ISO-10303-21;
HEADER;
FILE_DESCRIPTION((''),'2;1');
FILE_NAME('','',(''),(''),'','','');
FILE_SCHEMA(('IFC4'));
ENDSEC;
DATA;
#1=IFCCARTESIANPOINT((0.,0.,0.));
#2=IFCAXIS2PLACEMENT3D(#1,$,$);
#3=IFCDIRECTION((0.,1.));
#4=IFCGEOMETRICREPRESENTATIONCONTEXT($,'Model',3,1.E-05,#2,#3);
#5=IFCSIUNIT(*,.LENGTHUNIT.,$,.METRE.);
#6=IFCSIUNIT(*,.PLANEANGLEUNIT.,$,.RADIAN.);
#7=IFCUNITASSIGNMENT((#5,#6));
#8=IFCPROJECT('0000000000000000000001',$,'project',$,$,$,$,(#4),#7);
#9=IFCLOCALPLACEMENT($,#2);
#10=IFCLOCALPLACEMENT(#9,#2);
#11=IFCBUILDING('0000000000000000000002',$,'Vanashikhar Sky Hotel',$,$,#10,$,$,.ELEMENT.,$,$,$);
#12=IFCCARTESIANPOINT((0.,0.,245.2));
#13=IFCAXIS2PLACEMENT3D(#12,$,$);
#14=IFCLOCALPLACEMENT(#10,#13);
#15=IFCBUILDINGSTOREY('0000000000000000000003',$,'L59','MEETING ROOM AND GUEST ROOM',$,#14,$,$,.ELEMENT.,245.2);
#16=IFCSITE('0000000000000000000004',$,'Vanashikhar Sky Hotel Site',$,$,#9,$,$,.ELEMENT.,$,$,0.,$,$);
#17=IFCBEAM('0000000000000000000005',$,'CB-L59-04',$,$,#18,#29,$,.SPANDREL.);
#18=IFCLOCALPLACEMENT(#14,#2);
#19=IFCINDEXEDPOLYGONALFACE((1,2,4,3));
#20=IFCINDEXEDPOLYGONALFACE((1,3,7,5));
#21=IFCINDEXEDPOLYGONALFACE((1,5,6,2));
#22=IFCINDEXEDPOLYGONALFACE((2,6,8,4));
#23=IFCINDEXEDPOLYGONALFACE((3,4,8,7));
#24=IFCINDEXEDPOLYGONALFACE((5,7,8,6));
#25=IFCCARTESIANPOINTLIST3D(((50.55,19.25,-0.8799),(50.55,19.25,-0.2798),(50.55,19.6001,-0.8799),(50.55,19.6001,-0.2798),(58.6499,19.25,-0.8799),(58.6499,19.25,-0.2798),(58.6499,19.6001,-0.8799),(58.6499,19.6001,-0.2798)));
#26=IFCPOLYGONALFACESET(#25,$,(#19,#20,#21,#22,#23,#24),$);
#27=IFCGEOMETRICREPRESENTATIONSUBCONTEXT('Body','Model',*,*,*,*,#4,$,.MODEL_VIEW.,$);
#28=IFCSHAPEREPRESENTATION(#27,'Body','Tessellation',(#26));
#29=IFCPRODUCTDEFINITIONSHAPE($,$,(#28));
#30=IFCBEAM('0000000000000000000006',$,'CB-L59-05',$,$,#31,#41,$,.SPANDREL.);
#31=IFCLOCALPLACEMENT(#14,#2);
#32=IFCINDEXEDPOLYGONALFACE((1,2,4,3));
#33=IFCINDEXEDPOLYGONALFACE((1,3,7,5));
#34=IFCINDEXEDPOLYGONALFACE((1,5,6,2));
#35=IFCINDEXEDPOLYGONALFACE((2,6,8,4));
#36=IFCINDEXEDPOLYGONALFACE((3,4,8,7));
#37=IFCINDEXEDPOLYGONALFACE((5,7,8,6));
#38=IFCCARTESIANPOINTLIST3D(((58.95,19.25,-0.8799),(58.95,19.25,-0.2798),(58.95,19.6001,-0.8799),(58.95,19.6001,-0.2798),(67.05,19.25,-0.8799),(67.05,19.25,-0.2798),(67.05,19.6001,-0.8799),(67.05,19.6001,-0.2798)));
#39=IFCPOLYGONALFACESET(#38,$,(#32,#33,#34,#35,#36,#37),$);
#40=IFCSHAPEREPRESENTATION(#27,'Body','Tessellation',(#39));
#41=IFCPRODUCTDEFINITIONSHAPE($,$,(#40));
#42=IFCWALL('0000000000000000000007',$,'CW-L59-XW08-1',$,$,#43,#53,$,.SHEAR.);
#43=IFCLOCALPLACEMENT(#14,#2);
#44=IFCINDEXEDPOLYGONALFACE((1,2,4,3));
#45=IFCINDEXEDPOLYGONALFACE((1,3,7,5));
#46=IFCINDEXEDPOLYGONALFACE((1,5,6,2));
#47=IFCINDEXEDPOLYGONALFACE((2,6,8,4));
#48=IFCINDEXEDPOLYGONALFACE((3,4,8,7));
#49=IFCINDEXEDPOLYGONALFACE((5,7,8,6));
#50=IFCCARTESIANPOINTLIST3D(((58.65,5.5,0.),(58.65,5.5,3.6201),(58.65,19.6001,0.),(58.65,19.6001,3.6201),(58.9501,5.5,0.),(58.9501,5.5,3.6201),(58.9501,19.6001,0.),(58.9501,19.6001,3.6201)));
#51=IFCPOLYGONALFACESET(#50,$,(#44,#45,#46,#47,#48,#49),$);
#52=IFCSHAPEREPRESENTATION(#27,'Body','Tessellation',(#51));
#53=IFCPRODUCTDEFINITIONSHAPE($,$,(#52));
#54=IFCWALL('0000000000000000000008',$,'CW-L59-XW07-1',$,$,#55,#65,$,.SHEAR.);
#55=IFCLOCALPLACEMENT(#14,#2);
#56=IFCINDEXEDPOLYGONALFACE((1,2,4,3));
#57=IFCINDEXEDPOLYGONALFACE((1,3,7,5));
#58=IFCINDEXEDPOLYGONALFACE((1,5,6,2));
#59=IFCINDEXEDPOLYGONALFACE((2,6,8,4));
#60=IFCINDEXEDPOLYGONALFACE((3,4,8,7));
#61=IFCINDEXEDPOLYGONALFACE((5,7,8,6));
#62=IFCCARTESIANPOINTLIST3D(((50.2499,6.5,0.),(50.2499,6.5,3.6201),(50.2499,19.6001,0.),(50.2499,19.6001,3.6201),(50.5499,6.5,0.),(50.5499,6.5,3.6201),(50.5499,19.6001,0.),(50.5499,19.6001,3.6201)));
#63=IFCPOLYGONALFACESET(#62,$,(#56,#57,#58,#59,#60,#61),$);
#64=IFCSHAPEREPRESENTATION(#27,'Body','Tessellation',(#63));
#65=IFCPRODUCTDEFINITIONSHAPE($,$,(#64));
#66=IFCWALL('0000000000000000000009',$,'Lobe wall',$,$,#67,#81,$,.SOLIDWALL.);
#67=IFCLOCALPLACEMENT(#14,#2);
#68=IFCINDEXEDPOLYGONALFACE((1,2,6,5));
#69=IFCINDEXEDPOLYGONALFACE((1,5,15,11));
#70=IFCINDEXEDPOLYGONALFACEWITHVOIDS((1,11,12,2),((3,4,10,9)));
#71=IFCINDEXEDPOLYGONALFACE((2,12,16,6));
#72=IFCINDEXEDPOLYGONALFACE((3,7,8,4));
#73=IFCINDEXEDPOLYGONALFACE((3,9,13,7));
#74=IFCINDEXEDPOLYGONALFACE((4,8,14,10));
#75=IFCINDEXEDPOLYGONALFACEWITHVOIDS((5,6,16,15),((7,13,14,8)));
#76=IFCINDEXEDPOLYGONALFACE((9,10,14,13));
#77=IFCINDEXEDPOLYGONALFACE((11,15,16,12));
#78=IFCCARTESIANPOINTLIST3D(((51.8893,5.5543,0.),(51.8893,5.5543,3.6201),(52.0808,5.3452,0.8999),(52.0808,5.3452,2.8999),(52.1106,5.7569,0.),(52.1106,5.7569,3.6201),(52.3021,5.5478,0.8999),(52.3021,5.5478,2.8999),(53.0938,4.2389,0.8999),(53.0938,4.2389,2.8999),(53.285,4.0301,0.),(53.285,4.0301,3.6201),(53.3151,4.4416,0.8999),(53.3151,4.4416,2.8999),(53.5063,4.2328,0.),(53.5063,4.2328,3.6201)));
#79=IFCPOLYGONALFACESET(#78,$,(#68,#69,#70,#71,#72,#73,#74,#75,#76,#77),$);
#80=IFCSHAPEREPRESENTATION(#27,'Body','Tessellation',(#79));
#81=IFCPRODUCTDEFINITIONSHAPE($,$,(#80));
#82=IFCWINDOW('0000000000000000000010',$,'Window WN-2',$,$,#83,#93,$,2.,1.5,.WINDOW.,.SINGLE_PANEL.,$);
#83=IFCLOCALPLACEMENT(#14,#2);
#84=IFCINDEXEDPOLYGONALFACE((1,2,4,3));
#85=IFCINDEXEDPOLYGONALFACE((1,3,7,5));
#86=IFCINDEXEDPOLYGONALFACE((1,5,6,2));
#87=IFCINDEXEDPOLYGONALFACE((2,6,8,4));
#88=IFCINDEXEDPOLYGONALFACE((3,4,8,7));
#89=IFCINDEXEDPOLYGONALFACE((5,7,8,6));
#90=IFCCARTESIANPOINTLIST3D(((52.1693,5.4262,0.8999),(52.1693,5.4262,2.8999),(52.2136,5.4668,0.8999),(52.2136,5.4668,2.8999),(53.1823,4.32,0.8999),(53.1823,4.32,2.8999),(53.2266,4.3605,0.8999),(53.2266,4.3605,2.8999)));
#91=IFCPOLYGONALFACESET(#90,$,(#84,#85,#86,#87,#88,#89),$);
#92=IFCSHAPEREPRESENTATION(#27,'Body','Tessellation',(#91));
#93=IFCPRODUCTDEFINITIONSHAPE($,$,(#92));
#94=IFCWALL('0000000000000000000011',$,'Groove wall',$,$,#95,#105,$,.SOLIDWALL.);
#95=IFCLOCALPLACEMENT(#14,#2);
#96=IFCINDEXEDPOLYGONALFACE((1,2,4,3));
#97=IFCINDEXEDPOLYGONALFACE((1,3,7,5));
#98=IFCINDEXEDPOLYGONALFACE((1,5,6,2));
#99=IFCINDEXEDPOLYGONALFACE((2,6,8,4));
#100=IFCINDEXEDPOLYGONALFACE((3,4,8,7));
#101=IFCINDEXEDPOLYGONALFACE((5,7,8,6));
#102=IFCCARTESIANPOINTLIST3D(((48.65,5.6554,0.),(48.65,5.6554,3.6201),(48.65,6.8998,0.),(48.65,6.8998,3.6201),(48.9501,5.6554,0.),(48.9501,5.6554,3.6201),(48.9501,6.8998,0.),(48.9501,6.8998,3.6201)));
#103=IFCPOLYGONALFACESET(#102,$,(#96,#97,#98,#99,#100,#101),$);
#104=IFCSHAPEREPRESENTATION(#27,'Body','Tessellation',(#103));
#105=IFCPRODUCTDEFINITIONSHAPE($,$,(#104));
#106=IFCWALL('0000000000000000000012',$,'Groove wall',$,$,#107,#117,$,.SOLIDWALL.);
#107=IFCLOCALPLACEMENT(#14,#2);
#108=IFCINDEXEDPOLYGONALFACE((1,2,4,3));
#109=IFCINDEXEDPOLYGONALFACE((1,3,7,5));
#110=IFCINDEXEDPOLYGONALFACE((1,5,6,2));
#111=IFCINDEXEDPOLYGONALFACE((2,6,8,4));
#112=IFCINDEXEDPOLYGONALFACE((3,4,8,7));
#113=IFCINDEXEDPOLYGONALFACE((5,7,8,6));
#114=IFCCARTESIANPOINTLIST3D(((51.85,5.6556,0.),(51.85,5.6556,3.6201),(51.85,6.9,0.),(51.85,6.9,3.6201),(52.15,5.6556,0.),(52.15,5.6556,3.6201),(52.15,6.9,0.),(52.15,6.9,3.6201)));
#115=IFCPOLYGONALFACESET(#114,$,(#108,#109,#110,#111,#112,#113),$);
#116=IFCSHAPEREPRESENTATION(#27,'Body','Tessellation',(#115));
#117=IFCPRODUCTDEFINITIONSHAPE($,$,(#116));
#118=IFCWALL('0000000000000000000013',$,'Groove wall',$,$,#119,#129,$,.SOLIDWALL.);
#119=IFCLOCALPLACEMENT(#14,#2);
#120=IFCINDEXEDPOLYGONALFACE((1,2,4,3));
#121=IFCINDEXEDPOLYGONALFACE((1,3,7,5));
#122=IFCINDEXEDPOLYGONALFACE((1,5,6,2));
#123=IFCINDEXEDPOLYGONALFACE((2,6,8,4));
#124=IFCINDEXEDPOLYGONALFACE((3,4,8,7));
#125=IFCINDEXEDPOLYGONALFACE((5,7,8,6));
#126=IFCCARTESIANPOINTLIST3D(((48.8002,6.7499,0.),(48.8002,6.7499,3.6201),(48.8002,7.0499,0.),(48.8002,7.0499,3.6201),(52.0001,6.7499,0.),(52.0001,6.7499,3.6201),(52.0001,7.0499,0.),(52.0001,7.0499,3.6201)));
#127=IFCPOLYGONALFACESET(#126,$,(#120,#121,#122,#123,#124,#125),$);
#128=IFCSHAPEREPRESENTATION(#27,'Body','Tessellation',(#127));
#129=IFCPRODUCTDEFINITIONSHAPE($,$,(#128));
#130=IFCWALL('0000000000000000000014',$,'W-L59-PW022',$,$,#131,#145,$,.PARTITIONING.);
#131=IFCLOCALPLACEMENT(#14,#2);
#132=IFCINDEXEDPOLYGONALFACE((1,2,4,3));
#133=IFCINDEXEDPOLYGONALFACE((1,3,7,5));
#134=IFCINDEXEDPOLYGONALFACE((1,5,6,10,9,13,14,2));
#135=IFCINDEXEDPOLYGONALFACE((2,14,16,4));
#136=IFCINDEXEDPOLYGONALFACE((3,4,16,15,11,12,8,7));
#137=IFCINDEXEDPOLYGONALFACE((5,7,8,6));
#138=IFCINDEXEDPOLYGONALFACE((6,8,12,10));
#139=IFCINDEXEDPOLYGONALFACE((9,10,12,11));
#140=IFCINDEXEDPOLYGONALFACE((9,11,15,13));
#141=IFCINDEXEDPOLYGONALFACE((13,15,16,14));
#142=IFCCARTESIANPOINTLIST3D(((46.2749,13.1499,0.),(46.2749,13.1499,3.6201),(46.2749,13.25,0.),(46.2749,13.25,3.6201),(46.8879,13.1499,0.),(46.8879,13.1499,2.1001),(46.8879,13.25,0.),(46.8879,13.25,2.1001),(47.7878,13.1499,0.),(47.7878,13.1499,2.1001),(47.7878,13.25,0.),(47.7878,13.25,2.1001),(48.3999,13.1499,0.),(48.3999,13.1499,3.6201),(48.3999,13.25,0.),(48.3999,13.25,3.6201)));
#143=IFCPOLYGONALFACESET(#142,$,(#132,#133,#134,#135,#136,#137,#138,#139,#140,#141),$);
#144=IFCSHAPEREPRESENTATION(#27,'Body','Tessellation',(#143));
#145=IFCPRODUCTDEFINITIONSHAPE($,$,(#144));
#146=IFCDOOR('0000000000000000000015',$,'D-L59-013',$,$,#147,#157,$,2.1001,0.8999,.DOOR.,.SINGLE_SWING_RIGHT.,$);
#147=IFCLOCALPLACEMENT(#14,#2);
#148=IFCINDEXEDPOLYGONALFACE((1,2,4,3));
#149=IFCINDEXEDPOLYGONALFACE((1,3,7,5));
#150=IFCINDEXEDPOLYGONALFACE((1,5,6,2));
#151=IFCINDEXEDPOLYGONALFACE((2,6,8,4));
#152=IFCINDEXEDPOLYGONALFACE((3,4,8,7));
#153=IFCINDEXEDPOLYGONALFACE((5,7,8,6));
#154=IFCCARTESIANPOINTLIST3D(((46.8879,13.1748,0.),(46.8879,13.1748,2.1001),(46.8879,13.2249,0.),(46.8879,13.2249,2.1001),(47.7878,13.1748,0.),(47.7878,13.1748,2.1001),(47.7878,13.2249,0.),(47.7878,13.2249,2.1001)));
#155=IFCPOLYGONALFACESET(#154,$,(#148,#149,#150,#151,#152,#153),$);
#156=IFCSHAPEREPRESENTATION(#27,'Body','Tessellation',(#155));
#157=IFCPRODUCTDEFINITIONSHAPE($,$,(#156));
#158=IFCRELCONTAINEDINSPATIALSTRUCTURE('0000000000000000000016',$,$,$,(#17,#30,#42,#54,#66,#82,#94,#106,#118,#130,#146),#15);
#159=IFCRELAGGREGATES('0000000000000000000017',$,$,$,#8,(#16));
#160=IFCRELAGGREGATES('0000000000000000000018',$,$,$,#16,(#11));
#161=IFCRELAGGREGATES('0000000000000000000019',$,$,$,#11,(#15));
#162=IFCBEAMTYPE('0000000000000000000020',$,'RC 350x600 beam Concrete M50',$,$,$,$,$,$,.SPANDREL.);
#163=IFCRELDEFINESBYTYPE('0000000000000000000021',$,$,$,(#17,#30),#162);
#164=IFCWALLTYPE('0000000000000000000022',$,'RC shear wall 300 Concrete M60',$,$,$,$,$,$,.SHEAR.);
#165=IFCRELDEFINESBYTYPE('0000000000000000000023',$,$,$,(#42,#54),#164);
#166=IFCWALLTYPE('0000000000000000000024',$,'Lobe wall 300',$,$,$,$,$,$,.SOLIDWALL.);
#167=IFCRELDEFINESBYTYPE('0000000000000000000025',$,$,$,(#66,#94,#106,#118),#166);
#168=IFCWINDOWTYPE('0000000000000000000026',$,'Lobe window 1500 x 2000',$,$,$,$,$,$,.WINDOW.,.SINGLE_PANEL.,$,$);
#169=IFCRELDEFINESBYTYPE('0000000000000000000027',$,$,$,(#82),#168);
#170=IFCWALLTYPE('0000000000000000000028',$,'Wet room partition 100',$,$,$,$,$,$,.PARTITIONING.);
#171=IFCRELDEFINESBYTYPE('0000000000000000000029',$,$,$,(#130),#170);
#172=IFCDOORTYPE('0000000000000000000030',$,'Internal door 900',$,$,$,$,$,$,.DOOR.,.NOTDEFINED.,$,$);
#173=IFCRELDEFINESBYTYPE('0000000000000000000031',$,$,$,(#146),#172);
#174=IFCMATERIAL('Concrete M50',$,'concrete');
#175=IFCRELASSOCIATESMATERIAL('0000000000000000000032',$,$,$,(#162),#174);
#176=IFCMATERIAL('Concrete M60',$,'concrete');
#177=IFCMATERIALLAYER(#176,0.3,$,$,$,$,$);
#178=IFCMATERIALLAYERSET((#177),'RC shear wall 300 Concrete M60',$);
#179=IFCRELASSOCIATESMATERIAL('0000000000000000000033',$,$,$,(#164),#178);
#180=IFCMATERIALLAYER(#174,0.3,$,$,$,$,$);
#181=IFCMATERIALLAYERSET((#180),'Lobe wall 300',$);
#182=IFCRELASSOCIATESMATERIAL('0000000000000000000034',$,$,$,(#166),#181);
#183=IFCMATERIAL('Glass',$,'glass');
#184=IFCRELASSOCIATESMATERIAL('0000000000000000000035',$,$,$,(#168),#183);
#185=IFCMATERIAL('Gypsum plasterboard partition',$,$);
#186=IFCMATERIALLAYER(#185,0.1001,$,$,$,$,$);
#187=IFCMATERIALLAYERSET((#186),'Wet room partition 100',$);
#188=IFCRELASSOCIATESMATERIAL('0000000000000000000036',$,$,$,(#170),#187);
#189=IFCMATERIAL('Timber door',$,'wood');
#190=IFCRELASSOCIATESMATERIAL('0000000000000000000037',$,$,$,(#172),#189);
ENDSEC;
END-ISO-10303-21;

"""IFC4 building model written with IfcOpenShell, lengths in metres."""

from ifc_helpers import new_model, si_unit, direction, frame, frame_2d, origin, origin_2d, place, context, subcontext, project, spatial, rectangle, extrude, source, transform, mapped, material, layer, layer_set, material_profile, profile_set, type_object, element, fill, save


model = new_model("IFC4")

# Units and contexts
model_context = context("Model", 3, precision=1e-05, world=origin(), true_north=direction((0.0, 1.0)))
body_context = subcontext(model_context, "Body", "Model", "MODEL_VIEW")
ifc_project = project(units=[si_unit("LENGTHUNIT", "METRE"), si_unit("PLANEANGLEUNIT", "RADIAN")], contexts=[model_context])

# Site, building, storey
site_placement = place(None, origin())
site = spatial("IfcSite", under=ifc_project, at=site_placement, Name="Vanashikhar Sky Hotel Site", CompositionType="ELEMENT", RefElevation=0.0)
building_placement = place(site_placement, origin())
building = spatial("IfcBuilding", under=site, at=building_placement, Name="Vanashikhar Sky Hotel", CompositionType="ELEMENT")
storey_placement = place(building_placement, frame((0.0, 0.0, 245.2)))
storey = spatial("IfcBuildingStorey", under=building, at=storey_placement, Name="L59", Description="MEETING ROOM AND GUEST ROOM", CompositionType="ELEMENT", Elevation=245.2)

# Beams
ifc_material_1 = material(Name="Concrete M50", Category="concrete")
ifc_material_profile_1 = material_profile(ifc_material_1, rectangle(XDim=0.3501, YDim=0.6001, at=origin_2d()))
ifc_profile_set_1 = profile_set([ifc_material_profile_1], Name="RC 350x600 beam Concrete M50")
beam_type = type_object("IfcBeamType", Name="RC 350x600 beam Concrete M50", PredefinedType="SPANDREL", material=ifc_profile_set_1)
shared_shape_1 = source(origin(), body_context, "Body", "SweptSolid", [
    extrude(rectangle(XDim=0.3501, YDim=0.6001, at=origin_2d()), origin(), (0.0, 0.0, 1.0), 8.0999),
])
beam_1_placement = place(storey_placement, frame((50.55, 19.425, -0.5798), z_axis=(1.0, 0.0, 0.0), x_axis=(0.0, 1.0, 0.0)))
element("IfcBeam", 1, at=beam_1_placement, inside=storey, type_object=beam_type, Name="CB-L59-04", PredefinedType="SPANDREL", context=body_context, shape_type="MappedRepresentation", body=[
    mapped(shared_shape_1, transform((0.0, 0.0, 0.0), scale=1.0)),
])
shared_shape_2 = source(origin(), body_context, "Body", "SweptSolid", [
    extrude(rectangle(XDim=0.3501, YDim=0.6001, at=origin_2d()), origin(), (0.0, 0.0, 1.0), 8.1001),
])
beam_2_placement = place(storey_placement, frame((58.95, 19.425, -0.5798), z_axis=(1.0, 0.0, 0.0), x_axis=(0.0, 1.0, 0.0)))
element("IfcBeam", 2, at=beam_2_placement, inside=storey, type_object=beam_type, Name="CB-L59-05", PredefinedType="SPANDREL", context=body_context, shape_type="MappedRepresentation", body=[
    mapped(shared_shape_2, transform((0.0, 0.0, 0.0), scale=1.0)),
])

# Walls
ifc_material_2 = material(Name="Concrete M60", Category="concrete")
ifc_layer_1 = layer(ifc_material_2, 0.3)
ifc_layer_set_1 = layer_set([ifc_layer_1], Name="RC shear wall 300 Concrete M60")
wall_type_1 = type_object("IfcWallType", Name="RC shear wall 300 Concrete M60", PredefinedType="SHEAR", material=ifc_layer_set_1)
shared_shape_3 = source(origin(), body_context, "Body", "SweptSolid", [
    extrude(rectangle(XDim=14.1001, YDim=0.3, at=frame_2d((7.05, 0.0))), origin(), (0.0, 0.0, 1.0), 3.6201),
])
wall_1_placement = place(storey_placement, frame((58.8, 5.5, 0.0), z_axis=(0.0, 0.0, 1.0), x_axis=(0.0, 1.0, 0.0)))
element("IfcWall", 3, at=wall_1_placement, inside=storey, type_object=wall_type_1, Name="CW-L59-XW08-1", PredefinedType="SHEAR", context=body_context, shape_type="MappedRepresentation", body=[
    mapped(shared_shape_3, transform((0.0, 0.0, 0.0), scale=1.0)),
])
shared_shape_4 = source(origin(), body_context, "Body", "SweptSolid", [
    extrude(rectangle(XDim=13.1001, YDim=0.3, at=frame_2d((6.55, 0.0))), origin(), (0.0, 0.0, 1.0), 3.6201),
])
wall_2_placement = place(storey_placement, frame((50.3999, 6.5, 0.0), z_axis=(0.0, 0.0, 1.0), x_axis=(0.0, 1.0, 0.0)))
element("IfcWall", 4, at=wall_2_placement, inside=storey, type_object=wall_type_1, Name="CW-L59-XW07-1", PredefinedType="SHEAR", context=body_context, shape_type="MappedRepresentation", body=[
    mapped(shared_shape_4, transform((0.0, 0.0, 0.0), scale=1.0)),
])

# Wall, opening, window
ifc_layer_2 = layer(ifc_material_1, 0.3)
ifc_layer_set_2 = layer_set([ifc_layer_2], Name="Lobe wall 300")
wall_type_2 = type_object("IfcWallType", Name="Lobe wall 300", PredefinedType="SOLIDWALL", material=ifc_layer_set_2)
shared_shape_5 = source(origin(), body_context, "Body", "SweptSolid", [
    extrude(rectangle(XDim=2.0667, YDim=0.3, at=frame_2d((1.0332, 0.0))), origin(), (0.0, 0.0, 1.0), 3.6201),
])
wall_3_placement = place(storey_placement, frame((52.0, 5.6555, 0.0), z_axis=(0.0, 0.0, 1.0), x_axis=(0.675355, -0.737492, 0.0)))
wall_3 = element("IfcWall", 5, at=wall_3_placement, inside=storey, type_object=wall_type_2, Name="Lobe wall", PredefinedType="SOLIDWALL", context=body_context, shape_type="MappedRepresentation", body=[
    mapped(shared_shape_5, transform((0.0, 0.0, 0.0), scale=1.0)),
])
shared_shape_6 = source(origin(), body_context, "Body", "SweptSolid", [
    extrude(rectangle(XDim=1.5, YDim=2.0, at=frame_2d((0.75, 1.0))), frame((0.0, 0.1602, 0.0), z_axis=(0.0, -1.0, 0.0), x_axis=(1.0, 0.0, 0.0)), (0.0, 0.0, 1.0), 0.3201),
])
opening_1_placement = place(wall_3_placement, frame((0.2834, 0.0, 0.8999)))
opening_1 = element("IfcOpeningElement", 6, at=opening_1_placement, cuts=wall_3, PredefinedType="OPENING", context=body_context, shape_type="MappedRepresentation", body=[
    mapped(shared_shape_6, transform((0.0, 0.0, 0.0), scale=1.0)),
])
ifc_material_3 = material(Name="Glass", Category="glass")
window_type = type_object("IfcWindowType", Name="Lobe window 1500 x 2000", PartitioningType="SINGLE_PANEL", PredefinedType="WINDOW", material=ifc_material_3)
shared_shape_7 = source(origin(), body_context, "Body", "SweptSolid", [
    extrude(rectangle(XDim=1.5, YDim=2.0, at=frame_2d((0.75, 1.0))), frame((0.0, 0.03, 0.0), z_axis=(0.0, -1.0, 0.0), x_axis=(1.0, 0.0, 0.0)), (0.0, 0.0, 1.0), 0.0601),
])
window_placement = place(opening_1_placement, origin())
window = element("IfcWindow", 7, at=window_placement, inside=storey, type_object=window_type, Name="Window WN-2", OverallHeight=2.0, OverallWidth=1.5, PartitioningType="SINGLE_PANEL", PredefinedType="WINDOW", context=body_context, shape_type="MappedRepresentation", body=[
    mapped(shared_shape_7, transform((0.0, 0.0, 0.0), scale=1.0)),
])
fill(opening_1, window)

# Walls
shared_shape_8 = source(origin(), body_context, "Body", "SweptSolid", [
    extrude(rectangle(XDim=1.2444, YDim=0.3, at=frame_2d((0.6221, 0.0))), origin(), (0.0, 0.0, 1.0), 3.6201),
])
for number, where, z_axis, x_axis, name in (
    (8, (48.8, 5.6555, 0.0), (0.0, 0.0, 1.0), (0.0, 1.0, 0.0), "Groove wall"),
    (9, (52.0, 6.8999, 0.0), (0.0, 0.0, 1.0), (0.0, -1.0, 0.0), "Groove wall"),
):
    element("IfcWall", number, at=place(storey_placement, frame(where, z_axis=z_axis, x_axis=x_axis)), inside=storey, type_object=wall_type_2, Name=name, PredefinedType="SOLIDWALL", context=body_context, shape_type="MappedRepresentation", body=[
        mapped(shared_shape_8, transform((0.0, 0.0, 0.0), scale=1.0)),
    ])
shared_shape_9 = source(origin(), body_context, "Body", "SweptSolid", [
    extrude(rectangle(XDim=3.2, YDim=0.3, at=frame_2d((1.6001, 0.0))), origin(), (0.0, 0.0, 1.0), 3.6201),
])
wall_4_placement = place(storey_placement, frame((48.8, 6.8999, 0.0), z_axis=(0.0, 0.0, 1.0), x_axis=(1.0, 0.0, 0.0)))
element("IfcWall", 10, at=wall_4_placement, inside=storey, type_object=wall_type_2, Name="Groove wall", PredefinedType="SOLIDWALL", context=body_context, shape_type="MappedRepresentation", body=[
    mapped(shared_shape_9, transform((0.0, 0.0, 0.0), scale=1.0)),
])

# Wall, opening, door
ifc_material_4 = material(Name="Gypsum plasterboard partition")
ifc_layer_3 = layer(ifc_material_4, 0.1001)
ifc_layer_set_3 = layer_set([ifc_layer_3], Name="Wet room partition 100")
wall_type_3 = type_object("IfcWallType", Name="Wet room partition 100", PredefinedType="PARTITIONING", material=ifc_layer_set_3)
shared_shape_10 = source(origin(), body_context, "Body", "SweptSolid", [
    extrude(rectangle(XDim=2.125, YDim=0.1001, at=frame_2d((1.0625, 0.0))), origin(), (0.0, 0.0, 1.0), 3.6201),
])
wall_5_placement = place(storey_placement, frame((46.2749, 13.2, 0.0), z_axis=(0.0, 0.0, 1.0), x_axis=(1.0, 0.0, 0.0)))
wall_5 = element("IfcWall", 11, at=wall_5_placement, inside=storey, type_object=wall_type_3, Name="W-L59-PW022", PredefinedType="PARTITIONING", context=body_context, shape_type="MappedRepresentation", body=[
    mapped(shared_shape_10, transform((0.0, 0.0, 0.0), scale=1.0)),
])
shared_shape_11 = source(origin(), body_context, "Body", "SweptSolid", [
    extrude(rectangle(XDim=0.8999, YDim=2.1001, at=frame_2d((0.45, 1.05))), frame((0.0, 0.0601, 0.0), z_axis=(0.0, -1.0, 0.0), x_axis=(1.0, 0.0, 0.0)), (0.0, 0.0, 1.0), 0.1201),
])
opening_2_placement = place(wall_5_placement, frame((0.613, 0.0, 0.0)))
opening_2 = element("IfcOpeningElement", 12, at=opening_2_placement, cuts=wall_5, PredefinedType="OPENING", context=body_context, shape_type="MappedRepresentation", body=[
    mapped(shared_shape_11, transform((0.0, 0.0, 0.0), scale=1.0)),
])
ifc_material_5 = material(Name="Timber door", Category="wood")
door_type_1 = type_object("IfcDoorType", Name="Internal door 900", OperationType="NOTDEFINED", PredefinedType="DOOR", material=ifc_material_5)
shared_shape_12 = source(origin(), body_context, "Body", "SweptSolid", [
    extrude(rectangle(XDim=0.8999, YDim=2.1001, at=frame_2d((0.45, 1.05))), frame((0.0, 0.0249, 0.0), z_axis=(0.0, -1.0, 0.0), x_axis=(1.0, 0.0, 0.0)), (0.0, 0.0, 1.0), 0.05),
])
door_1_placement = place(opening_2_placement, origin())
door_1 = element("IfcDoor", 13, at=door_1_placement, inside=storey, type_object=door_type_1, Name="D-L59-013", OperationType="SINGLE_SWING_RIGHT", OverallHeight=2.1001, OverallWidth=0.8999, PredefinedType="DOOR", context=body_context, shape_type="MappedRepresentation", body=[
    mapped(shared_shape_12, transform((0.0, 0.0, 0.0), scale=1.0)),
])
fill(opening_2, door_1)

save(model, "model.ifc")
